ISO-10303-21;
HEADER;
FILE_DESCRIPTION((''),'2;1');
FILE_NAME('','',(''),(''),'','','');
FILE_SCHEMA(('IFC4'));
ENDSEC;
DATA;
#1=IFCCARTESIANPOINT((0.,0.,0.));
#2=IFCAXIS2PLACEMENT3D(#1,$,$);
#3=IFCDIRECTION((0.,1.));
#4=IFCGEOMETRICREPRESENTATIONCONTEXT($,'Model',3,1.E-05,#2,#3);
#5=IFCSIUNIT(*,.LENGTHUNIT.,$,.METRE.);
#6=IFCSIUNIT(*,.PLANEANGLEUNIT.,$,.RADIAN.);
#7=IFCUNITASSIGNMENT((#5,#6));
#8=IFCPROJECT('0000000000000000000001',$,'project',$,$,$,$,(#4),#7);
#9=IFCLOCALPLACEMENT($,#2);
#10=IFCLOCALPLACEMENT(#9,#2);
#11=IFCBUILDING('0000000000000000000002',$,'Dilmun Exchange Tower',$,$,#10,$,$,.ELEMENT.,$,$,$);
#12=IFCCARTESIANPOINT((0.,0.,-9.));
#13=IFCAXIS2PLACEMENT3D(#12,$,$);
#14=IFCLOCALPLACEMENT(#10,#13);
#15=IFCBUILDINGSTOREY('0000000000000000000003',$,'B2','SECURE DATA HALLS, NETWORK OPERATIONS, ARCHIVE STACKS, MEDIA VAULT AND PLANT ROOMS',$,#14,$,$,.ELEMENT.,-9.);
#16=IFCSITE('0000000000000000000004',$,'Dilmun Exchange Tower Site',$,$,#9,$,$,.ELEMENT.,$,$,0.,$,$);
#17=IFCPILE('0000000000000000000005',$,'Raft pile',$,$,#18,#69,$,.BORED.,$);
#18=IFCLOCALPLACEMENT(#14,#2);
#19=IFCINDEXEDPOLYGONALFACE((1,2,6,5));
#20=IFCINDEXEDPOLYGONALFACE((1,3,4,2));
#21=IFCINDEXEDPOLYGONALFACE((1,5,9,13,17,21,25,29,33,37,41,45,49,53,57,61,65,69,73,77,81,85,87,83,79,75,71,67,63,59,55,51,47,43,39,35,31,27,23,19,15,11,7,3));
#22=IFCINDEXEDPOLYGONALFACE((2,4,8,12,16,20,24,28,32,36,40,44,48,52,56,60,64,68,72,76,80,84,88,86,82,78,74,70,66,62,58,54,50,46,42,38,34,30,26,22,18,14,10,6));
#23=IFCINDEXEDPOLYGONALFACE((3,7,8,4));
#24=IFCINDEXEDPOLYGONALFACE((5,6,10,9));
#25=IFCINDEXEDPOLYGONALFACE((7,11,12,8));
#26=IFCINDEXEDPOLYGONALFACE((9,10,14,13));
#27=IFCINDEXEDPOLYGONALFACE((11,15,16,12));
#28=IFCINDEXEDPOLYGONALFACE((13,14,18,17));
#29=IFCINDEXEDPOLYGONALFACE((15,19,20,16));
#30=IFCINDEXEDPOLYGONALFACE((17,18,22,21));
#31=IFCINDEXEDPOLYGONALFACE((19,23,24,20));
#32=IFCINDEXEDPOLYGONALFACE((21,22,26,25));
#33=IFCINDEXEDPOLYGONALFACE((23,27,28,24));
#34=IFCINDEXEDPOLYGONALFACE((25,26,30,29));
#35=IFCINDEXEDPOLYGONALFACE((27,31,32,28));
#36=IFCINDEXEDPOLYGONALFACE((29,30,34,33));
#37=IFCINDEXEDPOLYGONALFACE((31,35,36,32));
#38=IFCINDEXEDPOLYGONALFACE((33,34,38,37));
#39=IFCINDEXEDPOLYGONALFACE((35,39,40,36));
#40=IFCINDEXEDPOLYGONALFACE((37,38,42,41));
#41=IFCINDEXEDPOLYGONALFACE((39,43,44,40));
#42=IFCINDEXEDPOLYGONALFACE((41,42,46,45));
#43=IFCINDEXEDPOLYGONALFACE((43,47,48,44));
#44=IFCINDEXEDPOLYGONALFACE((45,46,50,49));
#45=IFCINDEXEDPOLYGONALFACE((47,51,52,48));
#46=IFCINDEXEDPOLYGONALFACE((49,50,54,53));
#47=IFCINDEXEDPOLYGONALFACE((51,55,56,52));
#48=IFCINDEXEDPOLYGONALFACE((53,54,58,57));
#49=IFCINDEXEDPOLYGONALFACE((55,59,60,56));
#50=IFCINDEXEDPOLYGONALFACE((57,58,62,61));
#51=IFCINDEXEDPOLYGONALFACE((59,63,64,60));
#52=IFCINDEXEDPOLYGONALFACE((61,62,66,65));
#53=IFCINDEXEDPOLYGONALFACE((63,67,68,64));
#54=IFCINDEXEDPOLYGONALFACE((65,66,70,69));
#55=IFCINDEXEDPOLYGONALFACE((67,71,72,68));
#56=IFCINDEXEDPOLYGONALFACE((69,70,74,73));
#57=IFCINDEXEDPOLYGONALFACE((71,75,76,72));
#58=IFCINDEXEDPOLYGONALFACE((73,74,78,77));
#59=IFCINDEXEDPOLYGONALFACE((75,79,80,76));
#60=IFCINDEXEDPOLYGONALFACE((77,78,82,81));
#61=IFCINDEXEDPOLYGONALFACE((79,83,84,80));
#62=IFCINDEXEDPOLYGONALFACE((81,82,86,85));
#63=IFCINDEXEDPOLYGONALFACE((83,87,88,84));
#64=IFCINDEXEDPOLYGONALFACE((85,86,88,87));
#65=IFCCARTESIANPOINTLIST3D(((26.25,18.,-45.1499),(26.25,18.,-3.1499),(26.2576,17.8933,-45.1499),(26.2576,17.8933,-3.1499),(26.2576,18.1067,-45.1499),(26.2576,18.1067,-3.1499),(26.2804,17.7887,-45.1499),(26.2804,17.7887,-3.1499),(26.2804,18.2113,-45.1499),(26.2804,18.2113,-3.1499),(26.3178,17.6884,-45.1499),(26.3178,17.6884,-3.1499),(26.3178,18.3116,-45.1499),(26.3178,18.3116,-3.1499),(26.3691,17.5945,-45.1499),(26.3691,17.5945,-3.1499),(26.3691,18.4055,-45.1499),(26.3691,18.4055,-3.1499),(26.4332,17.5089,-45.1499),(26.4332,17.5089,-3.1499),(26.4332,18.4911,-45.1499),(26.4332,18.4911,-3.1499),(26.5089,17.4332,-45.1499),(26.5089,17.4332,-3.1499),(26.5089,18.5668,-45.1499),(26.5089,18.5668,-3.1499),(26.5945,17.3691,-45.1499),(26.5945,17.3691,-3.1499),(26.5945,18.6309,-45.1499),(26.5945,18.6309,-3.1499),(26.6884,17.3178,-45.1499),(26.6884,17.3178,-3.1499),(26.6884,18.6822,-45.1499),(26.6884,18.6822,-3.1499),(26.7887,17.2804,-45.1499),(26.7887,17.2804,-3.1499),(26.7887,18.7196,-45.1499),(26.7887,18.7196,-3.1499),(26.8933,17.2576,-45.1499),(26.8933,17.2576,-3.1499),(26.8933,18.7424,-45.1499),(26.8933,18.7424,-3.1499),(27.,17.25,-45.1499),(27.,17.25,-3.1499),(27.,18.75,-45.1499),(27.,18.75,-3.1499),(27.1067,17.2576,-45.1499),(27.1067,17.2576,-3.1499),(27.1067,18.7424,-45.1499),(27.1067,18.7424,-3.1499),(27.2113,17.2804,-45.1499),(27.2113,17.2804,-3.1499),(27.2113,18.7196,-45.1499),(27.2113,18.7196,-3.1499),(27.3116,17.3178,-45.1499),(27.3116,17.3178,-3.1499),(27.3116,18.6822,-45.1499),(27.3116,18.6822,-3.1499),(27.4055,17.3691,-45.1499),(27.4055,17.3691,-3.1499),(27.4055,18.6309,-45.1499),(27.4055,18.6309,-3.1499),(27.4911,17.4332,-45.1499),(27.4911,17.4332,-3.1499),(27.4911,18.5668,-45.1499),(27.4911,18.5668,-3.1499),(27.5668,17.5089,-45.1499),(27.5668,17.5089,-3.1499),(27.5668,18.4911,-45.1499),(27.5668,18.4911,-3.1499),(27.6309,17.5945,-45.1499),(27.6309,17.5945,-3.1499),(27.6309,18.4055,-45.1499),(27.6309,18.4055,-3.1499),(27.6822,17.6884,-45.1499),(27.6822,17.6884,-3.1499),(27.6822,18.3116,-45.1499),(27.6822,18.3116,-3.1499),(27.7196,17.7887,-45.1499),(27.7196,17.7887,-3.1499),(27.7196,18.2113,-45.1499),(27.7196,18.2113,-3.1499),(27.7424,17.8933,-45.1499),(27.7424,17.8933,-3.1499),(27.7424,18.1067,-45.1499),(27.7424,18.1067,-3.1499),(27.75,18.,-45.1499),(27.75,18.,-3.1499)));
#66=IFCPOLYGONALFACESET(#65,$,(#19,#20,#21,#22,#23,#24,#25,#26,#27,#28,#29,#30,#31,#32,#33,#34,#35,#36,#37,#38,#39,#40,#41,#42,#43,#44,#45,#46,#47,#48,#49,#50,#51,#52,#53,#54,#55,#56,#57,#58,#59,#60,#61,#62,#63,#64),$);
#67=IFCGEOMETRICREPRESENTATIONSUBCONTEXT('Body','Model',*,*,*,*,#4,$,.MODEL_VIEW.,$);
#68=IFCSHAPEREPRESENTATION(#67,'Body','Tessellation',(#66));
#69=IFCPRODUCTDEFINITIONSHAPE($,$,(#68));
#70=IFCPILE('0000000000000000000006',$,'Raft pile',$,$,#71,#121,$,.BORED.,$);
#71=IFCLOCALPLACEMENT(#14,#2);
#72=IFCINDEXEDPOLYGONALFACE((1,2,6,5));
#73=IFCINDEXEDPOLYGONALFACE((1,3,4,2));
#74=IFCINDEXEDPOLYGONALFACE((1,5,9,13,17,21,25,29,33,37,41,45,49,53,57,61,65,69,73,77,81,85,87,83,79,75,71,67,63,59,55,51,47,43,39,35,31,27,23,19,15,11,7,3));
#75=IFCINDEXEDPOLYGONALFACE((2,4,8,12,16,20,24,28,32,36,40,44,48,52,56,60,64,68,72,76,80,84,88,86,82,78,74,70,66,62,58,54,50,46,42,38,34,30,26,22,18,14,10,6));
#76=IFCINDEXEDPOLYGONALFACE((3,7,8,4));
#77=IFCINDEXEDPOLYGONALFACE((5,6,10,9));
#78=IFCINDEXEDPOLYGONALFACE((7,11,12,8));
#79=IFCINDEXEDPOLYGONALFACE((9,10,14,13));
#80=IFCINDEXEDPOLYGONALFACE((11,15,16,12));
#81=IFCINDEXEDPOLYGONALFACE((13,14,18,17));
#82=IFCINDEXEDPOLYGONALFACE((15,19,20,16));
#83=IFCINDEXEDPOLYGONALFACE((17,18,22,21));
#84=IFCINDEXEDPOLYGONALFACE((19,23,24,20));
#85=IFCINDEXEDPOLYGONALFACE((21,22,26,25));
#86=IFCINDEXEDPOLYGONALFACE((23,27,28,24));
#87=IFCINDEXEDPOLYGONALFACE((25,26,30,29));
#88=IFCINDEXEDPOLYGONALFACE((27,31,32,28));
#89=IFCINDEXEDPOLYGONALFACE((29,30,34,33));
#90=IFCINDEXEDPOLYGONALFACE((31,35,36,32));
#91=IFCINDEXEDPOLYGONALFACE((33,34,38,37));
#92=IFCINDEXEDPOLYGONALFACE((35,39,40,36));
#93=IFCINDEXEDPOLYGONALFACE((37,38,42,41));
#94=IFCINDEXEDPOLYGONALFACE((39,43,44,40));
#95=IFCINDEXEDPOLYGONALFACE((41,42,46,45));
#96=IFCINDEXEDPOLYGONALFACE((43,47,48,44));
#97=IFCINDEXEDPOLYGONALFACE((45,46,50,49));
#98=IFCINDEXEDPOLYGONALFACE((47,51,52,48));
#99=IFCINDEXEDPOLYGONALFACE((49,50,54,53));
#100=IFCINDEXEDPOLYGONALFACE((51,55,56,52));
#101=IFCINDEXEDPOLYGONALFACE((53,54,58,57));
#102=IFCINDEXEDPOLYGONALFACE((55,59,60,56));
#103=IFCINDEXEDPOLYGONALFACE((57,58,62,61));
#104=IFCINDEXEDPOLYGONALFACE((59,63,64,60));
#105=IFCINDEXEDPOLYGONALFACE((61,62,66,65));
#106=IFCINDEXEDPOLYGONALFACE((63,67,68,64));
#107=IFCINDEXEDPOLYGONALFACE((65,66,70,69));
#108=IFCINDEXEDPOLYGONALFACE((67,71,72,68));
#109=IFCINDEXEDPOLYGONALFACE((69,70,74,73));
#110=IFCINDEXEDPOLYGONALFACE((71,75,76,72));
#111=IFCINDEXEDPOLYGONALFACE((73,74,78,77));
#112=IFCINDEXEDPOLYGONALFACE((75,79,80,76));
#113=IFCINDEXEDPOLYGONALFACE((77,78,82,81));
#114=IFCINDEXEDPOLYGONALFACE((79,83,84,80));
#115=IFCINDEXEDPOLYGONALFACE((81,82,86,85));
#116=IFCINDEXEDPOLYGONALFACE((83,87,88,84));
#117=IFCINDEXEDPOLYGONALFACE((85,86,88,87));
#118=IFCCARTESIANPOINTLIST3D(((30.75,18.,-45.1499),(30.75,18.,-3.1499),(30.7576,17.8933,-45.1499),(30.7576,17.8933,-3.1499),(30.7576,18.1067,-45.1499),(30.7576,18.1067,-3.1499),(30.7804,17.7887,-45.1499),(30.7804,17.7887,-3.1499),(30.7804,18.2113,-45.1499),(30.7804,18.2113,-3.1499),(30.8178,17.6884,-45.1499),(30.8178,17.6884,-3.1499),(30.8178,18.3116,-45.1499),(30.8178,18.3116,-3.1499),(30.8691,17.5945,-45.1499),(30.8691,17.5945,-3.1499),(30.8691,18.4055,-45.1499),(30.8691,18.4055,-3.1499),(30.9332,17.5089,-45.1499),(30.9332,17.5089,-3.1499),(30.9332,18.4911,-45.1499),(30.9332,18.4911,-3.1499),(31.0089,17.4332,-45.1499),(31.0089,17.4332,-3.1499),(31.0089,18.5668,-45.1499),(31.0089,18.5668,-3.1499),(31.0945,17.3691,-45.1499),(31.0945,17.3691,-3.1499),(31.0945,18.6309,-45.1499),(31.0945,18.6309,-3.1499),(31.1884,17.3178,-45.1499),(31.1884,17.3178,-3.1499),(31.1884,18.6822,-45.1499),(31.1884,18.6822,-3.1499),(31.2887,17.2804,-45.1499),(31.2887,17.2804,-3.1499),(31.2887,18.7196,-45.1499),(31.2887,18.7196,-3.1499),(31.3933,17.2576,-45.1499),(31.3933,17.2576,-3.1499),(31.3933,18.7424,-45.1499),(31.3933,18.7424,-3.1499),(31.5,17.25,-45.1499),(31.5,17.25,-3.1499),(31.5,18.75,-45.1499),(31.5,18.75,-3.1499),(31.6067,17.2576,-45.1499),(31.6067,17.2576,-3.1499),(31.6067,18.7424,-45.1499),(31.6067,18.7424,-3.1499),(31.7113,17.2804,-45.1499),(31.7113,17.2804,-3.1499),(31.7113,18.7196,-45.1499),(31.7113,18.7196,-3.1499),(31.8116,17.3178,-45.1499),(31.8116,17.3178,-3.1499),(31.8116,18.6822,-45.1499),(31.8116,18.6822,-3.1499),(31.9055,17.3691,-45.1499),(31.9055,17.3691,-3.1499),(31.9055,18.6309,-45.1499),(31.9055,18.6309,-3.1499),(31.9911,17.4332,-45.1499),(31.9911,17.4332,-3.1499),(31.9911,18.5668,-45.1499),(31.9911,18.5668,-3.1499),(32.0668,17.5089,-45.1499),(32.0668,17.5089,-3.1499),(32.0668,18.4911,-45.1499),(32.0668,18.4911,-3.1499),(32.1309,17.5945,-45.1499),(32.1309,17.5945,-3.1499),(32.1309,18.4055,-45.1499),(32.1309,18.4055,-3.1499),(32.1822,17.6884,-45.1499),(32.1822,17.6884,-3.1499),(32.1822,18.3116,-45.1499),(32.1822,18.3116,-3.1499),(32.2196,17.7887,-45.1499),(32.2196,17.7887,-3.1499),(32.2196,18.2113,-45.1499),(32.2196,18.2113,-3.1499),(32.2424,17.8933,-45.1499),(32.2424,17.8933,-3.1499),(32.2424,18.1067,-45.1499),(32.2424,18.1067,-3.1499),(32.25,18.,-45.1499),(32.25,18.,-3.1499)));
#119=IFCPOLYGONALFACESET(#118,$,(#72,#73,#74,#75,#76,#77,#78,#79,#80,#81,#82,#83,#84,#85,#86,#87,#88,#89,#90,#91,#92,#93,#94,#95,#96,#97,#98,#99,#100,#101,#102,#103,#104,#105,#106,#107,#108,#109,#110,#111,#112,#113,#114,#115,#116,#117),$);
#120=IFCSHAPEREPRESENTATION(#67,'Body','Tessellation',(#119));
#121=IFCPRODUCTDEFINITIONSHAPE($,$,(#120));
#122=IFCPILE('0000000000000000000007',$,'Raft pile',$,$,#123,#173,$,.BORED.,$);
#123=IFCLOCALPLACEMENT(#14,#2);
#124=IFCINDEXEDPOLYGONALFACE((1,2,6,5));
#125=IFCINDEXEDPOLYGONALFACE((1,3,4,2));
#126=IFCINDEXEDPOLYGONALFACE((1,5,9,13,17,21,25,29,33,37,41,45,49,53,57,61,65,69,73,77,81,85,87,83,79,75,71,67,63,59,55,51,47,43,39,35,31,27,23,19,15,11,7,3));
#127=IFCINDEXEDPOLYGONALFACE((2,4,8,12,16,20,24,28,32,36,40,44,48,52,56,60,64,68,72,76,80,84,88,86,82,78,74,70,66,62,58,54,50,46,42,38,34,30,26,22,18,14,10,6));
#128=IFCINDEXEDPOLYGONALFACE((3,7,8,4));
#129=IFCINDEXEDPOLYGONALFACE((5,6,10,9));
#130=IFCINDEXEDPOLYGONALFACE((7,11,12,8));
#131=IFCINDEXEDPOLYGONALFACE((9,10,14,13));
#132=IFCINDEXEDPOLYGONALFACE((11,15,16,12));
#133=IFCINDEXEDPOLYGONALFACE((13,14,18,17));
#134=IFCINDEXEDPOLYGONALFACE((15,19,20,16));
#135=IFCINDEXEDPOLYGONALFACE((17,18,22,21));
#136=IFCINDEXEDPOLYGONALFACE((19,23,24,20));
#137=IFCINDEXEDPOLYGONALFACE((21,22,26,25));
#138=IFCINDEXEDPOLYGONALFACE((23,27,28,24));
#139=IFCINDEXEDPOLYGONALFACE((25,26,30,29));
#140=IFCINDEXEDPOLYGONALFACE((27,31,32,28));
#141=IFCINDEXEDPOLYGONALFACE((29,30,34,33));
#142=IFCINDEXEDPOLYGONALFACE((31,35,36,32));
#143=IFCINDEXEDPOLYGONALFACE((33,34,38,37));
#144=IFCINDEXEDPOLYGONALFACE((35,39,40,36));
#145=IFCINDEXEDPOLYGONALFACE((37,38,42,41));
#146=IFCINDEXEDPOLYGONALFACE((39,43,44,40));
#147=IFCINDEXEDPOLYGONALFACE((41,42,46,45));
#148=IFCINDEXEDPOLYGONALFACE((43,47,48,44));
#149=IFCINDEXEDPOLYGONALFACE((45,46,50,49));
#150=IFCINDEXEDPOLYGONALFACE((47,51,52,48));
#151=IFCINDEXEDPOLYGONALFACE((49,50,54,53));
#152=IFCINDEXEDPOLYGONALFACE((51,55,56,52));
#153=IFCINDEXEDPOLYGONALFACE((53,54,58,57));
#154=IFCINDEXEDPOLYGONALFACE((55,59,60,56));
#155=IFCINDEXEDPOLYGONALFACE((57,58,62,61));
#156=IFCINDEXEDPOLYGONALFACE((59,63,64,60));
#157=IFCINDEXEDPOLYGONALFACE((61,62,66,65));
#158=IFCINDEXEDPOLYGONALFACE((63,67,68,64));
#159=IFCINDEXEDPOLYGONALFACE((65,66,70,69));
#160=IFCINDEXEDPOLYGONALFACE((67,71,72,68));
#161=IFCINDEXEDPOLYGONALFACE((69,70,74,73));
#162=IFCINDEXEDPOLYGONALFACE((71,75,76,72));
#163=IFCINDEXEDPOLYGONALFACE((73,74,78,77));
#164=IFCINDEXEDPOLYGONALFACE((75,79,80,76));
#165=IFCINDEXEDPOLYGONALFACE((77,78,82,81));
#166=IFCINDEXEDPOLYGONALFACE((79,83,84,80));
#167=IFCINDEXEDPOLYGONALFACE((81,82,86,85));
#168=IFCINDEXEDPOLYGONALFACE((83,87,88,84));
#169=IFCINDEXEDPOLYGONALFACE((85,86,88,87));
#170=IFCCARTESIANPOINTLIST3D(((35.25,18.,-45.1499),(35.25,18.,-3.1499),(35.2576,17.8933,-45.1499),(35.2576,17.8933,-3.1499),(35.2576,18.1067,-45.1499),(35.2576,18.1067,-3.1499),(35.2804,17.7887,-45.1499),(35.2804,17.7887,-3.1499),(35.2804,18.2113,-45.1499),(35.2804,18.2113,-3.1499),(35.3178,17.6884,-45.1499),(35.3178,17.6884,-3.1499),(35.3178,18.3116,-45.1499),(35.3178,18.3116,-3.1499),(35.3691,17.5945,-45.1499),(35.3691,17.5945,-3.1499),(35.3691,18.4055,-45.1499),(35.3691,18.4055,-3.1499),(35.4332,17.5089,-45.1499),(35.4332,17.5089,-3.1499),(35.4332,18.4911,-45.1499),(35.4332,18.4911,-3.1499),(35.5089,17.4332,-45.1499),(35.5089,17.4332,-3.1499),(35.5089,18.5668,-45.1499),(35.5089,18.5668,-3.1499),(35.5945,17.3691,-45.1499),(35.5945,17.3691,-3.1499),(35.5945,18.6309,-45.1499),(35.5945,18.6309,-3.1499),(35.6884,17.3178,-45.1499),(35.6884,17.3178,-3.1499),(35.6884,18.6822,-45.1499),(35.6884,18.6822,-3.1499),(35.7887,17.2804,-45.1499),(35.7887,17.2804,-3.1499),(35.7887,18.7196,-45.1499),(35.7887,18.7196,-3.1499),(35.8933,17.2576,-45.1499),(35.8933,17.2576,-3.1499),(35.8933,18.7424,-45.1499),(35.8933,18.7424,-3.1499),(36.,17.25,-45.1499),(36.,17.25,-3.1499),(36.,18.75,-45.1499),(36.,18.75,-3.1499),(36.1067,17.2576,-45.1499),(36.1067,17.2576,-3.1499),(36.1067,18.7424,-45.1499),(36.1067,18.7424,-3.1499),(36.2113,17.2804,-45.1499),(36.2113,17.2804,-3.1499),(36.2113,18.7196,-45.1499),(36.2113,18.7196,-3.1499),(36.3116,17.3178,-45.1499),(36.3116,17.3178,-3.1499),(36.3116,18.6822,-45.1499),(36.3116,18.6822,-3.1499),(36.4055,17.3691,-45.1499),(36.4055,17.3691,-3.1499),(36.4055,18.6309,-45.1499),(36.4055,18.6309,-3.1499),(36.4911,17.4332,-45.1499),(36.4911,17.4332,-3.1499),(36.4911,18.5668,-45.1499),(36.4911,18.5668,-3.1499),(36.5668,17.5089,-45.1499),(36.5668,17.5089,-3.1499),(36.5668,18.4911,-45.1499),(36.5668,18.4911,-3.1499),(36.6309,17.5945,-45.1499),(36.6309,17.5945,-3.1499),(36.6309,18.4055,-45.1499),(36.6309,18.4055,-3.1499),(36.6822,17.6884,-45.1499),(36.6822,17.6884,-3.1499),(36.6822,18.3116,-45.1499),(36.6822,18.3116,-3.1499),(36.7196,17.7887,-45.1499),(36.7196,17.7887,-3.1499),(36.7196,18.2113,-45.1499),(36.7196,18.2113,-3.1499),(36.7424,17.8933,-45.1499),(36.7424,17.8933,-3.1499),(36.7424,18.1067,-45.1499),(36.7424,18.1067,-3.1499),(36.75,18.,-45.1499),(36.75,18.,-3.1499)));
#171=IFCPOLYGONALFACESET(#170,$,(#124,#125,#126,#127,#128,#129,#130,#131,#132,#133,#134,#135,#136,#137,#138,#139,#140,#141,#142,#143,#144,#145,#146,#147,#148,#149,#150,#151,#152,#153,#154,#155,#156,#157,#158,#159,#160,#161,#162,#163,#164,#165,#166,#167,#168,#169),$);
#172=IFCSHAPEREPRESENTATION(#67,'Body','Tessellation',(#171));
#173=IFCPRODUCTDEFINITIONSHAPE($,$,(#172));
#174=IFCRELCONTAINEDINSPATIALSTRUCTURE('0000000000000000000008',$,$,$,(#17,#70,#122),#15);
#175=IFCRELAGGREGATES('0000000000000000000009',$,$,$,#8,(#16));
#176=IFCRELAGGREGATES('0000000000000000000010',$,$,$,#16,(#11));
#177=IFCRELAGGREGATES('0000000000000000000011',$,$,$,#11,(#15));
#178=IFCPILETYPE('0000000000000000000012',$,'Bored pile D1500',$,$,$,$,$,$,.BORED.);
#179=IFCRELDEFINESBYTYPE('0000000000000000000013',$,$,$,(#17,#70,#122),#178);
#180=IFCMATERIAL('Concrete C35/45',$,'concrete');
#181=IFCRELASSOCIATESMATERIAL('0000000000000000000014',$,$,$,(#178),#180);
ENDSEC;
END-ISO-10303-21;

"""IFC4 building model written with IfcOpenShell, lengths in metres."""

from ifc_helpers import new_model, si_unit, direction, frame, origin, origin_2d, place, context, subcontext, project, spatial, circle, extrude, material, material_profile, profile_set, type_object, element, save


model = new_model("IFC4")

# Units and contexts
model_context = context("Model", 3, precision=1e-05, world=origin(), true_north=direction((0.0, 1.0)))
body_context = subcontext(model_context, "Body", "Model", "MODEL_VIEW")
ifc_project = project(units=[si_unit("LENGTHUNIT", "METRE"), si_unit("PLANEANGLEUNIT", "RADIAN")], contexts=[model_context])

# Site, building, storey
site_placement = place(None, origin())
site = spatial("IfcSite", under=ifc_project, at=site_placement, Name="Dilmun Exchange Tower Site", CompositionType="ELEMENT", RefElevation=0.0)
building_placement = place(site_placement, origin())
building = spatial("IfcBuilding", under=site, at=building_placement, Name="Dilmun Exchange Tower", CompositionType="ELEMENT")
storey_placement = place(building_placement, frame((0.0, 0.0, -9.0)))
storey = spatial("IfcBuildingStorey", under=building, at=storey_placement, Name="B2", Description="SECURE DATA HALLS, NETWORK OPERATIONS, ARCHIVE STACKS, MEDIA VAULT AND PLANT ROOMS", CompositionType="ELEMENT", Elevation=-9.0)

# Piles
ifc_material_1 = material(Name="Concrete C35/45", Category="concrete")
ifc_material_profile_1 = material_profile(ifc_material_1, circle(Radius=0.75, at=origin_2d()), Name="D1500")
ifc_profile_set_1 = profile_set([ifc_material_profile_1], Name="Concrete C35/45")
pile_type = type_object("IfcPileType", Name="Bored pile D1500", PredefinedType="BORED", material=ifc_profile_set_1)
for number, where, z_axis, x_axis, name in (
    (1, (27.0, 18.0, -3.1499), (0.0, 0.0, -1.0), (1.0, 0.0, 0.0), "Raft pile"),
    (2, (31.5, 18.0, -3.1499), (0.0, 0.0, -1.0), (1.0, 0.0, 0.0), "Raft pile"),
    (3, (36.0, 18.0, -3.1499), (0.0, 0.0, -1.0), (1.0, 0.0, 0.0), "Raft pile"),
):
    element("IfcPile", number, at=place(storey_placement, frame(where, z_axis=z_axis, x_axis=x_axis)), inside=storey, type_object=pile_type, Name=name, PredefinedType="BORED", context=body_context, shape_type="SweptSolid", body=[
        extrude(circle(Radius=0.75, at=origin_2d()), origin(), (0.0, 0.0, 1.0), 42.0),
    ])

save(model, "model.ifc")
